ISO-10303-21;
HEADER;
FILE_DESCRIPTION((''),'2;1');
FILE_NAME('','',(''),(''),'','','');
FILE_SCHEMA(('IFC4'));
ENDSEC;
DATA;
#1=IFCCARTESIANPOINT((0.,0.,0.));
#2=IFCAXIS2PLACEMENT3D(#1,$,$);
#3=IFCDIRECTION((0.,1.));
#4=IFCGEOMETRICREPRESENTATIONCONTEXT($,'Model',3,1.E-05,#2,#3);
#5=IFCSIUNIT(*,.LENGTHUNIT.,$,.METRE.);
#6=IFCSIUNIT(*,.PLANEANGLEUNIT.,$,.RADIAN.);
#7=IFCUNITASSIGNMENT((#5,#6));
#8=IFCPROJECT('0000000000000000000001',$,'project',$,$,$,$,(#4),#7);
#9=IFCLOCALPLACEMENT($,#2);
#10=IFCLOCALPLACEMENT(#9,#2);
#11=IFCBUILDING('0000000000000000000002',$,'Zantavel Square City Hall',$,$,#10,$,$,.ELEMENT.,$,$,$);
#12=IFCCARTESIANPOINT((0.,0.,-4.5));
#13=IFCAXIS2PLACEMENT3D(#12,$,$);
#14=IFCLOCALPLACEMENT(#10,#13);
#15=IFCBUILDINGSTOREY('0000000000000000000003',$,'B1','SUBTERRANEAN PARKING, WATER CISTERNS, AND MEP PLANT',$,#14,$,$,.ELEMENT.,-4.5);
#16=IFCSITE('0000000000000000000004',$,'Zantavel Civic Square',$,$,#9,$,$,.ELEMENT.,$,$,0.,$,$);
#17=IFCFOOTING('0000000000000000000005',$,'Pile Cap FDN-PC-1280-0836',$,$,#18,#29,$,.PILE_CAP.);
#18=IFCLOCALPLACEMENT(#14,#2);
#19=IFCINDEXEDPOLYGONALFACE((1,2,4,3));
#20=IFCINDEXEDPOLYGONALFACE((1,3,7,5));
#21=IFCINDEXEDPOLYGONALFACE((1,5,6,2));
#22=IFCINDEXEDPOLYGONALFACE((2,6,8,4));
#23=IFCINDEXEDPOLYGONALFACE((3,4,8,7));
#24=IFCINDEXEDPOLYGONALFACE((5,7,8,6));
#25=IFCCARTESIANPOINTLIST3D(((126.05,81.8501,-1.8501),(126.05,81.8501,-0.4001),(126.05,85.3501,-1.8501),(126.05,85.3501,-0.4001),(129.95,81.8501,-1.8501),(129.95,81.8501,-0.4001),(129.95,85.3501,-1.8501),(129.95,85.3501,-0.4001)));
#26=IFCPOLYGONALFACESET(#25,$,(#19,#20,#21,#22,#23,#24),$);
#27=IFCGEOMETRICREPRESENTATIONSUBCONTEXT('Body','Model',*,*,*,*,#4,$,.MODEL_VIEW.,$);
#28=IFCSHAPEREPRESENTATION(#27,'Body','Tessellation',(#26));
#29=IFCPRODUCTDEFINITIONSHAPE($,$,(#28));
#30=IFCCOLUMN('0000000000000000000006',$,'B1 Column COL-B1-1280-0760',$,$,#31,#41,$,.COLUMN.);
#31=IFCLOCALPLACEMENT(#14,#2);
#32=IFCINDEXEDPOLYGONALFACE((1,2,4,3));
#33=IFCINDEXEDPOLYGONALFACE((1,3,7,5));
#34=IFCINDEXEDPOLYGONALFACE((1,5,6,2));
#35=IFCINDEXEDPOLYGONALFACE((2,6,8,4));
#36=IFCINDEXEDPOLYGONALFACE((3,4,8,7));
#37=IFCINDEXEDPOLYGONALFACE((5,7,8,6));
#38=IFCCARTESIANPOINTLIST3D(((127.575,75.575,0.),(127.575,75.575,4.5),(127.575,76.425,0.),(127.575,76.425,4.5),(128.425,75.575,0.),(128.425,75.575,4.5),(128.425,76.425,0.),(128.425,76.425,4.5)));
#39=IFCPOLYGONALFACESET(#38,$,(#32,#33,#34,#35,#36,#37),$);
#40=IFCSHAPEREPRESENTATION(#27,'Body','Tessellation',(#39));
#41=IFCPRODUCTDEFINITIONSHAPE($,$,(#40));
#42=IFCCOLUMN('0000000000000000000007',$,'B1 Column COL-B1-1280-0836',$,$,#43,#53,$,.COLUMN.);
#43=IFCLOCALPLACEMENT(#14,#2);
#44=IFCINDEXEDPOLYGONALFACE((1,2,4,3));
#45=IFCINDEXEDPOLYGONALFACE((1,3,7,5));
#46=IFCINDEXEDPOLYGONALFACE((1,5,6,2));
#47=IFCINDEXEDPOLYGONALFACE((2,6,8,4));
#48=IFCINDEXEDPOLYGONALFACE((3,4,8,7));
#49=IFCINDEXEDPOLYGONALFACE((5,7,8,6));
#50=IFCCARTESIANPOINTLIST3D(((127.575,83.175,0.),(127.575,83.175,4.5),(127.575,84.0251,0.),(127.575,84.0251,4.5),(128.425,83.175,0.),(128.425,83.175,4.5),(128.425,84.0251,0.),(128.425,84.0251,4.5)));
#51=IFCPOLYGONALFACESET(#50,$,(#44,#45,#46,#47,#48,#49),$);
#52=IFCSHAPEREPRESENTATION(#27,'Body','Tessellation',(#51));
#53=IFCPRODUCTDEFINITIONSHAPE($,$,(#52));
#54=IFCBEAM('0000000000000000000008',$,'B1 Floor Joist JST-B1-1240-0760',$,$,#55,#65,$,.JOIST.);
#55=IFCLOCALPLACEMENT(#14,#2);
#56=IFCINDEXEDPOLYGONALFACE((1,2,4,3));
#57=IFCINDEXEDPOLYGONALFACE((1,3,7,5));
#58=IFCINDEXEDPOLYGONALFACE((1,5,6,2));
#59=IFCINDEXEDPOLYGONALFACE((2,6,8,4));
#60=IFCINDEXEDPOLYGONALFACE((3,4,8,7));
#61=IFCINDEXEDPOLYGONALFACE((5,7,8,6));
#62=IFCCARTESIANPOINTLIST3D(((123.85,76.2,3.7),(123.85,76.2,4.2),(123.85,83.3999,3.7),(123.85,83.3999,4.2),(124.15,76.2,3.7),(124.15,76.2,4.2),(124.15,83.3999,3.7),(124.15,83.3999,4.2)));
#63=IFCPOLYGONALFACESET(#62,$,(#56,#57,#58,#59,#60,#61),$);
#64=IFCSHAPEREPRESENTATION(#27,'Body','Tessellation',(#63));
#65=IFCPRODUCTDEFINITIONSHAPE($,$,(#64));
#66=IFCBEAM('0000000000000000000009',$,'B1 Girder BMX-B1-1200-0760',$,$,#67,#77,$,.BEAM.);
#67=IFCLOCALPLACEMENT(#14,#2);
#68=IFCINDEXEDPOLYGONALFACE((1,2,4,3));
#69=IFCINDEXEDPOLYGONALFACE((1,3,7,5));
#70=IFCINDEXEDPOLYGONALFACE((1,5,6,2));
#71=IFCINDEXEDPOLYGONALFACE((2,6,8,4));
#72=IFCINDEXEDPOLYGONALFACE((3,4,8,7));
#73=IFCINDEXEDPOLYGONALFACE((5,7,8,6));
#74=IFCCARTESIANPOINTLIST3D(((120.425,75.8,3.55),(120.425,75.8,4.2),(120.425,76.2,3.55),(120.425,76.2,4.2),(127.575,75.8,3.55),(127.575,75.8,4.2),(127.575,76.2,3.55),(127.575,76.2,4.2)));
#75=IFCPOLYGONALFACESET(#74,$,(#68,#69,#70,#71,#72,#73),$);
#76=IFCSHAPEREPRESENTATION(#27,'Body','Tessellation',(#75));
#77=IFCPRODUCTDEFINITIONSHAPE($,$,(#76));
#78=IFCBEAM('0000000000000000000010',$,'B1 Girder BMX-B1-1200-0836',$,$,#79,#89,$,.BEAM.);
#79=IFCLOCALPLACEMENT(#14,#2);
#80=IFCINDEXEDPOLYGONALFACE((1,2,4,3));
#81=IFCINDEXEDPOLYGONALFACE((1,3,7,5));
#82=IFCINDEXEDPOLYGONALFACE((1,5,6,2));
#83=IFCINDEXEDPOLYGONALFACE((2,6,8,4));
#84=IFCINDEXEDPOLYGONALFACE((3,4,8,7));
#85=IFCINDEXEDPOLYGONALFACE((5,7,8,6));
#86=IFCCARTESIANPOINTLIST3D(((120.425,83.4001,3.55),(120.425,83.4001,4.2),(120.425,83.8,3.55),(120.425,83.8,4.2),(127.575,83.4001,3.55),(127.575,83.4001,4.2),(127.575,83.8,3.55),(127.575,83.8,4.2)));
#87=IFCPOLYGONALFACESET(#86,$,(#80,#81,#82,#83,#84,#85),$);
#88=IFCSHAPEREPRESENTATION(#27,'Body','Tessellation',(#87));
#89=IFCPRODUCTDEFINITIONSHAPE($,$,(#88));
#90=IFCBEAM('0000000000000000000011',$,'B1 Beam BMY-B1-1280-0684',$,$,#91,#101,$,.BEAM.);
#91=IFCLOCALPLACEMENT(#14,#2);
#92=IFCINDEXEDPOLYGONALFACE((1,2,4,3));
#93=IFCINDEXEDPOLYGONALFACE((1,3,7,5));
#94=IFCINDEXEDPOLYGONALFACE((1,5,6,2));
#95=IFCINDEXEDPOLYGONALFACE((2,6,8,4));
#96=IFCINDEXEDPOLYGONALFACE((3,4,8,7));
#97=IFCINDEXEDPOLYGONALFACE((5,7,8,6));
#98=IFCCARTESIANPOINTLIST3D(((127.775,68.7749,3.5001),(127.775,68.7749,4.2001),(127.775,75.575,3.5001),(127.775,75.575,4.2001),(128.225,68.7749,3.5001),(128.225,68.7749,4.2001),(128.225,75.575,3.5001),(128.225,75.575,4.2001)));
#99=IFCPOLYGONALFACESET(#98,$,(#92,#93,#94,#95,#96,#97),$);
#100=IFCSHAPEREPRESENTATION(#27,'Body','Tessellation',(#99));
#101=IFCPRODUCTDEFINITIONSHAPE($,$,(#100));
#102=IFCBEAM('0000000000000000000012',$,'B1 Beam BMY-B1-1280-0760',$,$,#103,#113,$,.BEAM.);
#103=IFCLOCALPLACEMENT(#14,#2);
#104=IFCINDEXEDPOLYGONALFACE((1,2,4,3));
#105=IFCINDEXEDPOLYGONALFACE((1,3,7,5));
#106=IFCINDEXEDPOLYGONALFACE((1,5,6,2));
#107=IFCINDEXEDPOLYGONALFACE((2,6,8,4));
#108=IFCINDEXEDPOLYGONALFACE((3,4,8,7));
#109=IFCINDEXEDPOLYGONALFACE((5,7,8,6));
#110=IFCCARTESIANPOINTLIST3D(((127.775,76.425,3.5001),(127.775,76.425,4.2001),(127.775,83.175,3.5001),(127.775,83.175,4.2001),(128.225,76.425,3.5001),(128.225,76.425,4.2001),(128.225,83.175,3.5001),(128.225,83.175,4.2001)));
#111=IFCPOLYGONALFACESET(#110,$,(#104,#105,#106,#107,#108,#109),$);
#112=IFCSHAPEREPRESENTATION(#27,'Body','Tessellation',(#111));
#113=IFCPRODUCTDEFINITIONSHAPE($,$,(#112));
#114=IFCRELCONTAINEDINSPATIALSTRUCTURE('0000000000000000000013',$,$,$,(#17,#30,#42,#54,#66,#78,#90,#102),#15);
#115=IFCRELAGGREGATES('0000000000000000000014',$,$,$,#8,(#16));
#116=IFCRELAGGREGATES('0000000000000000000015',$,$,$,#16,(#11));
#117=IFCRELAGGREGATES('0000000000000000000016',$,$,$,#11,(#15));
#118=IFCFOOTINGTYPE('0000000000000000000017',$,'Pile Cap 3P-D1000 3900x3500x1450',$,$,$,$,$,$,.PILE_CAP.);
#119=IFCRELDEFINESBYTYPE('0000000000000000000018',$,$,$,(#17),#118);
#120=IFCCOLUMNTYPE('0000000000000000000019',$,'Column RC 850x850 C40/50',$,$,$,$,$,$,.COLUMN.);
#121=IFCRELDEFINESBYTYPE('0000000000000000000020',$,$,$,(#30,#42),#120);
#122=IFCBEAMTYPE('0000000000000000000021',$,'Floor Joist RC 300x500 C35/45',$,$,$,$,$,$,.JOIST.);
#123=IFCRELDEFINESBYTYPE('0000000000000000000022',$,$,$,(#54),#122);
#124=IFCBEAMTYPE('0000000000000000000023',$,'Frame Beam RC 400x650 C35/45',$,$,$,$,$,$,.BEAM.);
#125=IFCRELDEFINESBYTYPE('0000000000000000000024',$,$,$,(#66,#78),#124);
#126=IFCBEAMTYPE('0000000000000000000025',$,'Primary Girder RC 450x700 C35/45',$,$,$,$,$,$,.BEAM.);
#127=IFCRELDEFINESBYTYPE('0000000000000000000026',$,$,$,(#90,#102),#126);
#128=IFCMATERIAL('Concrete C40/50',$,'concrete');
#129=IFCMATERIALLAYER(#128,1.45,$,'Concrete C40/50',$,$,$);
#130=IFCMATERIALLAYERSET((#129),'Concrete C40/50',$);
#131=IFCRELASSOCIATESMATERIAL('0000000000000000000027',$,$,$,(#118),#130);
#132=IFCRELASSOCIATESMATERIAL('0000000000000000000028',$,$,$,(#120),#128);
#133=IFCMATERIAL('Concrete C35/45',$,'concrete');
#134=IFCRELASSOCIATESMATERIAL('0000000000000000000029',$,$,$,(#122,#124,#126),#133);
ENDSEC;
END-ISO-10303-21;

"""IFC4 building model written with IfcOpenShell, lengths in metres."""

from ifc_helpers import new_model, si_unit, direction, frame, origin, origin_2d, place, context, subcontext, project, spatial, rectangle, extrude, material, layer, layer_set, material_profile, profile_set, type_object, element, save


model = new_model("IFC4")

# Units and contexts
model_context = context("Model", 3, precision=1e-05, world=origin(), true_north=direction((0.0, 1.0)))
body_context = subcontext(model_context, "Body", "Model", "MODEL_VIEW")
ifc_project = project(units=[si_unit("LENGTHUNIT", "METRE"), si_unit("PLANEANGLEUNIT", "RADIAN")], contexts=[model_context])

# Site, building, storey
site_placement = place(None, origin())
site = spatial("IfcSite", under=ifc_project, at=site_placement, Name="Zantavel Civic Square", CompositionType="ELEMENT", RefElevation=0.0)
building_placement = place(site_placement, origin())
building = spatial("IfcBuilding", under=site, at=building_placement, Name="Zantavel Square City Hall", CompositionType="ELEMENT")
storey_placement = place(building_placement, frame((0.0, 0.0, -4.5)))
storey = spatial("IfcBuildingStorey", under=building, at=storey_placement, Name="B1", Description="SUBTERRANEAN PARKING, WATER CISTERNS, AND MEP PLANT", CompositionType="ELEMENT", Elevation=-4.5)

# Shared definitions
ifc_material_1 = material(Name="Concrete C35/45", Category="concrete")

# Footing
ifc_material_2 = material(Name="Concrete C40/50", Category="concrete")
ifc_layer_1 = layer(ifc_material_2, 1.45, Name="Concrete C40/50")
ifc_layer_set_1 = layer_set([ifc_layer_1], Name="Concrete C40/50")
footing_type_1 = type_object("IfcFootingType", Name="Pile Cap 3P-D1000 3900x3500x1450", PredefinedType="PILE_CAP", material=ifc_layer_set_1)
footing_1_placement = place(storey_placement, frame((128.0, 83.6001, -1.8501), z_axis=(0.0, 0.0, 1.0), x_axis=(1.0, 0.0, 0.0)))
element("IfcFooting", 1, at=footing_1_placement, inside=storey, type_object=footing_type_1, Name="Pile Cap FDN-PC-1280-0836", PredefinedType="PILE_CAP", context=body_context, shape_type="SweptSolid", body=[
    extrude(rectangle(XDim=3.8999, YDim=3.5, at=origin_2d()), origin(), (0.0, 0.0, 1.0), 1.45),
])

# Columns
ifc_material_profile_1 = material_profile(ifc_material_2, rectangle(XDim=0.8501, YDim=0.8501, at=origin_2d()), Name="RC 850x850")
ifc_profile_set_1 = profile_set([ifc_material_profile_1], Name="Concrete C40/50")
column_type = type_object("IfcColumnType", Name="Column RC 850x850 C40/50", PredefinedType="COLUMN", material=ifc_profile_set_1)
for number, where, z_axis, x_axis, name in (
    (2, (128.0, 76.0, 0.0), (0.0, 0.0, 1.0), (1.0, 0.0, 0.0), "B1 Column COL-B1-1280-0760"),
    (3, (128.0, 83.6001, 0.0), (0.0, 0.0, 1.0), (1.0, 0.0, 0.0), "B1 Column COL-B1-1280-0836"),
):
    element("IfcColumn", number, at=place(storey_placement, frame(where, z_axis=z_axis, x_axis=x_axis)), inside=storey, type_object=column_type, Name=name, PredefinedType="COLUMN", context=body_context, shape_type="SweptSolid", body=[
        extrude(rectangle(XDim=0.8501, YDim=0.8501, at=origin_2d()), origin(), (0.0, 0.0, 1.0), 4.5),
    ])

# Beams
ifc_material_profile_2 = material_profile(ifc_material_1, rectangle(XDim=0.3, YDim=0.5, at=origin_2d()), Name="RC 300x500")
ifc_profile_set_2 = profile_set([ifc_material_profile_2], Name="Concrete C35/45")
beam_type_1 = type_object("IfcBeamType", Name="Floor Joist RC 300x500 C35/45", PredefinedType="JOIST", material=ifc_profile_set_2)
beam_1_placement = place(storey_placement, frame((124.0, 76.2, 3.95), z_axis=(0.0, 1.0, 0.0), x_axis=(-1.0, 0.0, 0.0)))
element("IfcBeam", 4, at=beam_1_placement, inside=storey, type_object=beam_type_1, Name="B1 Floor Joist JST-B1-1240-0760", PredefinedType="JOIST", context=body_context, shape_type="SweptSolid", body=[
    extrude(rectangle(XDim=0.3, YDim=0.5, at=origin_2d()), origin(), (0.0, 0.0, 1.0), 7.2),
])
ifc_material_profile_3 = material_profile(ifc_material_1, rectangle(XDim=0.3999, YDim=0.6499, at=origin_2d()), Name="RC 400x650")
ifc_profile_set_3 = profile_set([ifc_material_profile_3], Name="Concrete C35/45")
beam_type_2 = type_object("IfcBeamType", Name="Frame Beam RC 400x650 C35/45", PredefinedType="BEAM", material=ifc_profile_set_3)
for number, where, z_axis, x_axis, name in (
    (5, (120.425, 76.0, 3.875), (1.0, 0.0, 0.0), (0.0, 1.0, 0.0), "B1 Girder BMX-B1-1200-0760"),
    (6, (120.425, 83.6001, 3.875), (1.0, 0.0, 0.0), (0.0, 1.0, 0.0), "B1 Girder BMX-B1-1200-0836"),
):
    element("IfcBeam", number, at=place(storey_placement, frame(where, z_axis=z_axis, x_axis=x_axis)), inside=storey, type_object=beam_type_2, Name=name, PredefinedType="BEAM", context=body_context, shape_type="SweptSolid", body=[
        extrude(rectangle(XDim=0.3999, YDim=0.6499, at=origin_2d()), origin(), (0.0, 0.0, 1.0), 7.1499),
    ])
ifc_material_profile_4 = material_profile(ifc_material_1, rectangle(XDim=0.45, YDim=0.7, at=origin_2d()), Name="RC 450x700")
ifc_profile_set_4 = profile_set([ifc_material_profile_4], Name="Concrete C35/45")
beam_type_3 = type_object("IfcBeamType", Name="Primary Girder RC 450x700 C35/45", PredefinedType="BEAM", material=ifc_profile_set_4)
beam_2_placement = place(storey_placement, frame((128.0, 68.7749, 3.8501), z_axis=(0.0, 1.0, 0.0), x_axis=(-1.0, 0.0, 0.0)))
element("IfcBeam", 7, at=beam_2_placement, inside=storey, type_object=beam_type_3, Name="B1 Beam BMY-B1-1280-0684", PredefinedType="BEAM", context=body_context, shape_type="SweptSolid", body=[
    extrude(rectangle(XDim=0.45, YDim=0.7, at=origin_2d()), origin(), (0.0, 0.0, 1.0), 6.8),
])
beam_3_placement = place(storey_placement, frame((128.0, 76.425, 3.8501), z_axis=(0.0, 1.0, 0.0), x_axis=(-1.0, 0.0, 0.0)))
element("IfcBeam", 8, at=beam_3_placement, inside=storey, type_object=beam_type_3, Name="B1 Beam BMY-B1-1280-0760", PredefinedType="BEAM", context=body_context, shape_type="SweptSolid", body=[
    extrude(rectangle(XDim=0.45, YDim=0.7, at=origin_2d()), origin(), (0.0, 0.0, 1.0), 6.75),
])

save(model, "model.ifc")
